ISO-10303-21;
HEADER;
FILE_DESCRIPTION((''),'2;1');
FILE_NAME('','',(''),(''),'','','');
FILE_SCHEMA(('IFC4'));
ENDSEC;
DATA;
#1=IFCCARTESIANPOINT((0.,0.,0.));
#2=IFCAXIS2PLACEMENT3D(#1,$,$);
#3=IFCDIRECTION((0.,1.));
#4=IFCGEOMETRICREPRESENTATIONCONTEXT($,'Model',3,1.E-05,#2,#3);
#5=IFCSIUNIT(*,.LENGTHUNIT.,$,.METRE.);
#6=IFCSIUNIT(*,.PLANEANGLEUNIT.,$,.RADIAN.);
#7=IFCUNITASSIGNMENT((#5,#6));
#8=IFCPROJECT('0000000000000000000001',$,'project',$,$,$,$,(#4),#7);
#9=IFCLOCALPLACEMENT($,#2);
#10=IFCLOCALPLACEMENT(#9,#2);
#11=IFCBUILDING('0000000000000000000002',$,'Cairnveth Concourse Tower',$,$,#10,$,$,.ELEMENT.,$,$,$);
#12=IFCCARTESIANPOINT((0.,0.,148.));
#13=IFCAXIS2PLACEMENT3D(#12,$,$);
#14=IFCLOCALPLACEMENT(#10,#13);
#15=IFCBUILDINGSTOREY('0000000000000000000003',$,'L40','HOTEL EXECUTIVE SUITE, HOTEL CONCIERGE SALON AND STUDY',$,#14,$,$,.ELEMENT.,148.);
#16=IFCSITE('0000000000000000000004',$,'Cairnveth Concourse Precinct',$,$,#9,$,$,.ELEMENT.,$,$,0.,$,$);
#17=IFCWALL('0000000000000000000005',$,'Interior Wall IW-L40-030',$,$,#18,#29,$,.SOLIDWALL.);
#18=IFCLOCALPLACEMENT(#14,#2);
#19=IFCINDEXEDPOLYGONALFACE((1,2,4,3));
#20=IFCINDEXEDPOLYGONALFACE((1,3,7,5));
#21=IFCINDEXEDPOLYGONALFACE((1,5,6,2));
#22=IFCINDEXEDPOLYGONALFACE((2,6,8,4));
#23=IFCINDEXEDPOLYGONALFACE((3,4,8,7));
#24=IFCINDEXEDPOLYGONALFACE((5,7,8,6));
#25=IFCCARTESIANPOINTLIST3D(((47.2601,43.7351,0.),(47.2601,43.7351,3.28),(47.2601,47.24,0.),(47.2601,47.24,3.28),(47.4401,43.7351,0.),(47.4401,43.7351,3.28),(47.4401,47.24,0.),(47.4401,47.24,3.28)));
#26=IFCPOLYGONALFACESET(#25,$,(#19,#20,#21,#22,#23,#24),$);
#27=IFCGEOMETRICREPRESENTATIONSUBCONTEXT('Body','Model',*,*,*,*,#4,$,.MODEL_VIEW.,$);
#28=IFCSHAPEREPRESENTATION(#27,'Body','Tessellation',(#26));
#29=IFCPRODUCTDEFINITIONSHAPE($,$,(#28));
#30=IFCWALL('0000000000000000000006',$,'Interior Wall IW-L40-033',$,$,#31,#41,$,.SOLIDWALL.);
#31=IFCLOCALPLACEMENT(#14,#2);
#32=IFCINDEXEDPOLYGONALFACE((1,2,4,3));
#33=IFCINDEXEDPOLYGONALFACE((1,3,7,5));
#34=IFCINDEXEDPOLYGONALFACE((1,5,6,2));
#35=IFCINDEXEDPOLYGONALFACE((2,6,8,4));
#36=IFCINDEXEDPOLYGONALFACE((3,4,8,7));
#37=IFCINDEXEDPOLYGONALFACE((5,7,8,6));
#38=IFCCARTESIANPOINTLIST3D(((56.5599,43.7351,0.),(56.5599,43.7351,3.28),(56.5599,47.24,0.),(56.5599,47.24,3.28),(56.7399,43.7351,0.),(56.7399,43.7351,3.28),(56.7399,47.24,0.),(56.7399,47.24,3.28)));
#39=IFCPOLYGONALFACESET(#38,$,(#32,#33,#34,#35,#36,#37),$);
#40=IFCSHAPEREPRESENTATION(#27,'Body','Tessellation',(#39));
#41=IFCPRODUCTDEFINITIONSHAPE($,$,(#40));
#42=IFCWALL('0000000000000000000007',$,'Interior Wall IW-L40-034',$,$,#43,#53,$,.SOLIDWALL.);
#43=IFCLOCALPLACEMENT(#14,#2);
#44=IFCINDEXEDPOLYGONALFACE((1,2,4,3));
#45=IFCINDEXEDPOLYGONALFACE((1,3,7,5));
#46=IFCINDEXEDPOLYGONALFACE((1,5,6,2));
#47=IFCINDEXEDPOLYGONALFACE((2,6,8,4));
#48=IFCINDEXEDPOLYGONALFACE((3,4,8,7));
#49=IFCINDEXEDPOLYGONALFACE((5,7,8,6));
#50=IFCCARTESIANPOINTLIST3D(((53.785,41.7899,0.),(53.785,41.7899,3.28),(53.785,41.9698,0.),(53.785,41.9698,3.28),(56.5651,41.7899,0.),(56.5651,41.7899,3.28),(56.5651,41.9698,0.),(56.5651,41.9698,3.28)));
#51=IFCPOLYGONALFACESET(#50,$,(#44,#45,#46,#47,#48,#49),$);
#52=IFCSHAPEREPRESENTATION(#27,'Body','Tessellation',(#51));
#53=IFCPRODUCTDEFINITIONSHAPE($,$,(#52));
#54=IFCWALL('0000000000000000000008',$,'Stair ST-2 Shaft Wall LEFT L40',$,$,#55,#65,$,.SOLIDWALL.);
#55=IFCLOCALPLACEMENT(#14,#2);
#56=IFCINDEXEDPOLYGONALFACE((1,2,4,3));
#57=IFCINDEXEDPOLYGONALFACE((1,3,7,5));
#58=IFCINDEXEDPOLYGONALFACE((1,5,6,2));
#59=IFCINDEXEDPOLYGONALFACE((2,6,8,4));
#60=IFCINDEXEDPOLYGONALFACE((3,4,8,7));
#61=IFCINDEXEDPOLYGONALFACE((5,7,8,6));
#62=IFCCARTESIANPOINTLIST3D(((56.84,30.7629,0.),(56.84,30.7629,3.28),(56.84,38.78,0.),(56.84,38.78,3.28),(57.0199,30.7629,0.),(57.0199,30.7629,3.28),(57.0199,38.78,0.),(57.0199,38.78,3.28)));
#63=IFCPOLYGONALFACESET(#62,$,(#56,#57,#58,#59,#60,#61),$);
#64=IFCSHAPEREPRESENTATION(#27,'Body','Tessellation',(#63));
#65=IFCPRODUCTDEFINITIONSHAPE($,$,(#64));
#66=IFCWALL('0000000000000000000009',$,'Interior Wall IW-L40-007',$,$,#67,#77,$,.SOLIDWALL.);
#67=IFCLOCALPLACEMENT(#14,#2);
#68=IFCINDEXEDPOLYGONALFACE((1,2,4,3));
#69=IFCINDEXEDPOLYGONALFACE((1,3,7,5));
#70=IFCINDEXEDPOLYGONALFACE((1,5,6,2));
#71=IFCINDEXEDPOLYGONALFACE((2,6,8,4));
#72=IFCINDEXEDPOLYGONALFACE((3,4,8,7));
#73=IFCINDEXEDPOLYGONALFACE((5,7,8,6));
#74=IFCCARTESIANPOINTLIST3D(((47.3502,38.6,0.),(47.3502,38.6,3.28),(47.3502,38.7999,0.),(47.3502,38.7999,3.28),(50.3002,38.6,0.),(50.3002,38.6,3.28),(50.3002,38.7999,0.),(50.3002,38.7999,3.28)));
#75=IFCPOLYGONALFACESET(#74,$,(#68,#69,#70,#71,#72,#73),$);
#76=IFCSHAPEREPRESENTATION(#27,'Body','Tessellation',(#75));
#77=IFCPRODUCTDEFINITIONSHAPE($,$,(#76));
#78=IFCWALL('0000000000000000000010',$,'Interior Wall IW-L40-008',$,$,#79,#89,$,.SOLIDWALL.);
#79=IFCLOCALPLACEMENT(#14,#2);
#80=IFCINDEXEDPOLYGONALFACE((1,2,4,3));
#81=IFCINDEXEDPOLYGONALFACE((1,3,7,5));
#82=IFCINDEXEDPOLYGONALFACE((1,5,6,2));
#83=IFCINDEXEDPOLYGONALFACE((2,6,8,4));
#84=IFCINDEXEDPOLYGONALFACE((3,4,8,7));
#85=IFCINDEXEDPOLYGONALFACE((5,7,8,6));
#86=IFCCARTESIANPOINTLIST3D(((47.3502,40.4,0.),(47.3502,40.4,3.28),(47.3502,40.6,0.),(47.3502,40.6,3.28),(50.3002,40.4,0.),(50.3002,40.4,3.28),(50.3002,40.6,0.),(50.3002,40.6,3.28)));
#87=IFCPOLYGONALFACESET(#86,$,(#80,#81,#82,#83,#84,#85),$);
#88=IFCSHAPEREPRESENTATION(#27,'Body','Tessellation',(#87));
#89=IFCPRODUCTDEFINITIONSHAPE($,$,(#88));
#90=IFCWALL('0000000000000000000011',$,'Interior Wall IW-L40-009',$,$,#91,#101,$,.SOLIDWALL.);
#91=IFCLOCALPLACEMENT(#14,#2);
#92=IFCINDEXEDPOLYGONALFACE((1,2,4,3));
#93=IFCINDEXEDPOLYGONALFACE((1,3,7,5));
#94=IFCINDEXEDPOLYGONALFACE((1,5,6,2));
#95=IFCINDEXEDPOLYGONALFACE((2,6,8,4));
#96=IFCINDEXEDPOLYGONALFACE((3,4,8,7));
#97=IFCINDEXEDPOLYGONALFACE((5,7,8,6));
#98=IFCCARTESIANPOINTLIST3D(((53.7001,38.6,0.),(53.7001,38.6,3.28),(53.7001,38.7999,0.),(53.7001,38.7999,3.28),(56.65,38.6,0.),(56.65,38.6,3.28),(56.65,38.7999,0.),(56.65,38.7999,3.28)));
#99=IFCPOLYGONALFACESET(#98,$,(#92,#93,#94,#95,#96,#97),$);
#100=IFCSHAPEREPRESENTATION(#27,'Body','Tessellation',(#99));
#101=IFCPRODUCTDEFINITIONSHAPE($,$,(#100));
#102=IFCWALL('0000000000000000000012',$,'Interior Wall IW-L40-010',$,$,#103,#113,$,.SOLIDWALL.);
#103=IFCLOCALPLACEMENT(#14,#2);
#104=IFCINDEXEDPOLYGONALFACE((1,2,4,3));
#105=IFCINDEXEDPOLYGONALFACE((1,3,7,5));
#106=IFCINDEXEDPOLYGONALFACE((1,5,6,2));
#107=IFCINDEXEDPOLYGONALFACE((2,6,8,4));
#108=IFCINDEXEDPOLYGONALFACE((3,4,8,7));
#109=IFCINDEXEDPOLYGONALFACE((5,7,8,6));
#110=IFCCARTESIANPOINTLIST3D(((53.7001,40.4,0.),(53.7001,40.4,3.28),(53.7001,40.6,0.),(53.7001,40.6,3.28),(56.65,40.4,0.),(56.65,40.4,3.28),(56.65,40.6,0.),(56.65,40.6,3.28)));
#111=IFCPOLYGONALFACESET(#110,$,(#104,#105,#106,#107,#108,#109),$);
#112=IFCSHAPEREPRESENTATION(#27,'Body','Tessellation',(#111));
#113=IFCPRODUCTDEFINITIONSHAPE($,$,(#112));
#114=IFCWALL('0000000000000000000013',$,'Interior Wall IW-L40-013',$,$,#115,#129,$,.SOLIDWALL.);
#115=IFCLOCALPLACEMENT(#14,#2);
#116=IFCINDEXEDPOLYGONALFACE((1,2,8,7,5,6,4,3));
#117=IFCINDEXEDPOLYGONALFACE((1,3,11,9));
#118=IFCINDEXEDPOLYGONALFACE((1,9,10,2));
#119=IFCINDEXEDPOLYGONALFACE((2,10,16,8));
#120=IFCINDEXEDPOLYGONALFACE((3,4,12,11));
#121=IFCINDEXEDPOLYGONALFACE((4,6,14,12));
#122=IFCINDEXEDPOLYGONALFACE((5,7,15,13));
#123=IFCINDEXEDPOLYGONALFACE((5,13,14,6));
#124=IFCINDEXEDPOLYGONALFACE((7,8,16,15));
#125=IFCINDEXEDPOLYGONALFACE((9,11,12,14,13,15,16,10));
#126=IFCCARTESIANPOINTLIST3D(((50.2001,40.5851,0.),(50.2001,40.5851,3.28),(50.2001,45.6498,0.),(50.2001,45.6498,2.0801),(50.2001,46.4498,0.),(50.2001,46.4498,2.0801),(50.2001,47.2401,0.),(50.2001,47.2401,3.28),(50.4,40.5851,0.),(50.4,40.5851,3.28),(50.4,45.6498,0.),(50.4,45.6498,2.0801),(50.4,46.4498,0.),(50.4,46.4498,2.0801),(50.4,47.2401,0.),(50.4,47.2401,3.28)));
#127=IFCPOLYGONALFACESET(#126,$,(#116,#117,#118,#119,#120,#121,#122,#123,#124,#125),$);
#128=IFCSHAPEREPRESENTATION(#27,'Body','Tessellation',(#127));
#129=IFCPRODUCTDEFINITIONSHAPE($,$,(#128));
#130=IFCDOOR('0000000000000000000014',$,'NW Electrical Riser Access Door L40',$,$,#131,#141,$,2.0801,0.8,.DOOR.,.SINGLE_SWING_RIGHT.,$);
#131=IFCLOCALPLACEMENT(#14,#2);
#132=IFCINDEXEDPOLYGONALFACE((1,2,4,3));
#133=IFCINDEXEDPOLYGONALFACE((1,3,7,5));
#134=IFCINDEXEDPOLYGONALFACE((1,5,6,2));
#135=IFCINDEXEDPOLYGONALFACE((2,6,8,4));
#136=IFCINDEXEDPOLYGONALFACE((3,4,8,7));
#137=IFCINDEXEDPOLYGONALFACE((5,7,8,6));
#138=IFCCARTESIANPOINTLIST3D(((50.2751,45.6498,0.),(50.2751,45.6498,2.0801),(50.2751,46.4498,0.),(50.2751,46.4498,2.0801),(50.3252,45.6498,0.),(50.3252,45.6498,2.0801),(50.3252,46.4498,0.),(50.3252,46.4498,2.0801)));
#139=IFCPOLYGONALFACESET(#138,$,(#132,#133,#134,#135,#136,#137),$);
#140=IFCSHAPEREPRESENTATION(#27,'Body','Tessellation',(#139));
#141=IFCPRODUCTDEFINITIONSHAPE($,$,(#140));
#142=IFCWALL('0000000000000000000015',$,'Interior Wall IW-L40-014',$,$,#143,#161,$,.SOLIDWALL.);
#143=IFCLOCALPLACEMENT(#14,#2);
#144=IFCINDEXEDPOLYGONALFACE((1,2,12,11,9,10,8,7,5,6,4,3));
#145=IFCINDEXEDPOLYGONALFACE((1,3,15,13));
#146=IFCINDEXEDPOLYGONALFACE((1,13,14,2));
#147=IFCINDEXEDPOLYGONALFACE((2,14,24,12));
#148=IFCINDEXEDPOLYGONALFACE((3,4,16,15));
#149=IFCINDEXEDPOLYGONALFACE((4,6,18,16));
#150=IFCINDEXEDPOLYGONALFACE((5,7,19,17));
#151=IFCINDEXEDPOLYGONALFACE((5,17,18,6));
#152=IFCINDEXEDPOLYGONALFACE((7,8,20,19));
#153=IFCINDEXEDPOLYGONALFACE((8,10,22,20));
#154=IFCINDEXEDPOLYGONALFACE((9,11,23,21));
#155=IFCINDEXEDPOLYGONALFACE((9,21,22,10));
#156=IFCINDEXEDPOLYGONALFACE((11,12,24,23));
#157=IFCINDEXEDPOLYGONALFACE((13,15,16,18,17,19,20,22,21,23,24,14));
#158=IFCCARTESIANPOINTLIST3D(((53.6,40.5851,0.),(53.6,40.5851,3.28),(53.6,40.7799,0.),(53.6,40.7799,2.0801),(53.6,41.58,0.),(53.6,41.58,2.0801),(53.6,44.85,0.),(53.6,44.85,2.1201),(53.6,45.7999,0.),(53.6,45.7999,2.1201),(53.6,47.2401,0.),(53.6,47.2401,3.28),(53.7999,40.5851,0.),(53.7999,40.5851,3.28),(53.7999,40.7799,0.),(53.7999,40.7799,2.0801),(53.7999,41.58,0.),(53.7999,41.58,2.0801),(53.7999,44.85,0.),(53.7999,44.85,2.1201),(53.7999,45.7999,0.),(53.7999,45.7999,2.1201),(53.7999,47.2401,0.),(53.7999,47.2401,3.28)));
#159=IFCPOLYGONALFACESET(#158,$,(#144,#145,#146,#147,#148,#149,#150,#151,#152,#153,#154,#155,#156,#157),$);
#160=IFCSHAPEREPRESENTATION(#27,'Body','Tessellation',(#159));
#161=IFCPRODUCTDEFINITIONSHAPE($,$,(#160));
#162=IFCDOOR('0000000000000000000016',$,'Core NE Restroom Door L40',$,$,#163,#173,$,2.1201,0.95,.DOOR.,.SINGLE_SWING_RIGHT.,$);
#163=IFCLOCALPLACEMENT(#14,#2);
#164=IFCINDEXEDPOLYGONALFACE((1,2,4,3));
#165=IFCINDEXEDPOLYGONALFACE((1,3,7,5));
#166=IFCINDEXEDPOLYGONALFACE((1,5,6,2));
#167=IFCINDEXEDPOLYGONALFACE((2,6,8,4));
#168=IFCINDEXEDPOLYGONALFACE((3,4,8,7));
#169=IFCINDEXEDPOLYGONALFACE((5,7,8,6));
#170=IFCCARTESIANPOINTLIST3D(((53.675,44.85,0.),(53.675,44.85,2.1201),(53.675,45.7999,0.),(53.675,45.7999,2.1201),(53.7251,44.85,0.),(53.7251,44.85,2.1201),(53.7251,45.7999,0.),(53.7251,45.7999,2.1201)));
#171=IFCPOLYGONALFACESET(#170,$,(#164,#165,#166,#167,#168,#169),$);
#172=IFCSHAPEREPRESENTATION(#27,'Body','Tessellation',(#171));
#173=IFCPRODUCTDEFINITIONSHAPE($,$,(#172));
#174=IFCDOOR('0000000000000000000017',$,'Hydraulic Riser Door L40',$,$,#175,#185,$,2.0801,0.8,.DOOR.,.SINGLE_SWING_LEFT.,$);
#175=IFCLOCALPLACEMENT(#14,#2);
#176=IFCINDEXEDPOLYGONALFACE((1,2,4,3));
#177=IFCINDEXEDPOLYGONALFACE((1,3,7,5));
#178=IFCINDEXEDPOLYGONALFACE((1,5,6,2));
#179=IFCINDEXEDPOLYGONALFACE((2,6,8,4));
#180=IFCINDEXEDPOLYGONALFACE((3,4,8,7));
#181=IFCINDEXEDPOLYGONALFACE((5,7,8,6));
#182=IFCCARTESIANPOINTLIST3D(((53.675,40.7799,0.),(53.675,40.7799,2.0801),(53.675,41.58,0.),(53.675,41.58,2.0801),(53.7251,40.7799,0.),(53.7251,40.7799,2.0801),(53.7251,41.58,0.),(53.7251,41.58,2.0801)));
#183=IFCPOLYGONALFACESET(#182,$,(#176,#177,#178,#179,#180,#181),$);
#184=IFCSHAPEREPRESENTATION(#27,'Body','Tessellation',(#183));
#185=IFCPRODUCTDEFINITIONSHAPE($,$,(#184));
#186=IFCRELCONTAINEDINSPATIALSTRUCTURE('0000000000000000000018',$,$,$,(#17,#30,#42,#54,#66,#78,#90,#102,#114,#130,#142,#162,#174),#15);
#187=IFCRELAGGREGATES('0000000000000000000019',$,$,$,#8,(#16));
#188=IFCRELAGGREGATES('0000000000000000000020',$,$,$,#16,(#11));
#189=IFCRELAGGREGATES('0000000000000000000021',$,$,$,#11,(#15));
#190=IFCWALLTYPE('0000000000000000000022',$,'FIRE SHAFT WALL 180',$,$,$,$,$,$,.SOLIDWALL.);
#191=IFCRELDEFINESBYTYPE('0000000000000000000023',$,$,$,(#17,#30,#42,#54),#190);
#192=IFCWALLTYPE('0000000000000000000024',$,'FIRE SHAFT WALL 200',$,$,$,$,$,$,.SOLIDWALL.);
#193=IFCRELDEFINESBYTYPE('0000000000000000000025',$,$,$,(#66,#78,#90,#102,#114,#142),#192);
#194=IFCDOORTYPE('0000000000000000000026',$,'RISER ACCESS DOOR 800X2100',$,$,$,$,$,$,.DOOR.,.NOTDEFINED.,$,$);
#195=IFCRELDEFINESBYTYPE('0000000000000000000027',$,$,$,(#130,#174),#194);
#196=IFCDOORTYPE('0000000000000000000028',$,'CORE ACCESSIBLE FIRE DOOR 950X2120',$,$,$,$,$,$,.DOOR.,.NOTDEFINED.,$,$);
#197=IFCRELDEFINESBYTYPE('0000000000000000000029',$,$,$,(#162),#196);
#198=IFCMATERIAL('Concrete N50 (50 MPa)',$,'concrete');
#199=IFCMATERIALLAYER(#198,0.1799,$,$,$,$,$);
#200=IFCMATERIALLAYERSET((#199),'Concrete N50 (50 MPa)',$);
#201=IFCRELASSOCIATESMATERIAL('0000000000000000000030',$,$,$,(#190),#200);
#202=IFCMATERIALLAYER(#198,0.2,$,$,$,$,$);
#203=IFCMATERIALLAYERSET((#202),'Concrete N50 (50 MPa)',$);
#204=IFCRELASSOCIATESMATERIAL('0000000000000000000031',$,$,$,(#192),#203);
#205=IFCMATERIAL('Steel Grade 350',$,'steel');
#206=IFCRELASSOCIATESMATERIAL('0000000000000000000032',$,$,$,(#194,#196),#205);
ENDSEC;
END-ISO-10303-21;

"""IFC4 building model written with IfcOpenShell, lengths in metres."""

from ifc_helpers import new_model, si_unit, direction, frame, frame_2d, origin, place, context, subcontext, project, spatial, rectangle, extrude, material, layer, layer_set, type_object, element, fill, save


model = new_model("IFC4")

# Units and contexts
model_context = context("Model", 3, precision=1e-05, world=origin(), true_north=direction((0.0, 1.0)))
body_context = subcontext(model_context, "Body", "Model", "MODEL_VIEW")
ifc_project = project(units=[si_unit("LENGTHUNIT", "METRE"), si_unit("PLANEANGLEUNIT", "RADIAN")], contexts=[model_context])

# Site, building, storey
site_placement = place(None, origin())
site = spatial("IfcSite", under=ifc_project, at=site_placement, Name="Cairnveth Concourse Precinct", CompositionType="ELEMENT", RefElevation=0.0)
building_placement = place(site_placement, origin())
building = spatial("IfcBuilding", under=site, at=building_placement, Name="Cairnveth Concourse Tower", CompositionType="ELEMENT")
storey_placement = place(building_placement, frame((0.0, 0.0, 148.0)))
storey = spatial("IfcBuildingStorey", under=building, at=storey_placement, Name="L40", Description="HOTEL EXECUTIVE SUITE, HOTEL CONCIERGE SALON AND STUDY", CompositionType="ELEMENT", Elevation=148.0)

# Walls
ifc_material_1 = material(Name="Concrete N50 (50 MPa)", Category="concrete")
ifc_layer_1 = layer(ifc_material_1, 0.1799)
ifc_layer_set_1 = layer_set([ifc_layer_1], Name="Concrete N50 (50 MPa)")
wall_type_1 = type_object("IfcWallType", Name="FIRE SHAFT WALL 180", PredefinedType="SOLIDWALL", material=ifc_layer_set_1)
for number, where, z_axis, x_axis, name in (
    (1, (47.3501, 43.7351, 0.0), (0.0, 0.0, 1.0), (0.0, 1.0, 0.0), "Interior Wall IW-L40-030"),
    (2, (56.6499, 43.7351, 0.0), (0.0, 0.0, 1.0), (0.0, 1.0, 0.0), "Interior Wall IW-L40-033"),
):
    element("IfcWall", number, at=place(storey_placement, frame(where, z_axis=z_axis, x_axis=x_axis)), inside=storey, type_object=wall_type_1, Name=name, PredefinedType="SOLIDWALL", context=body_context, shape_type="SweptSolid", body=[
        extrude(rectangle(XDim=3.5049, YDim=0.1799, at=frame_2d((1.7524, 0.0))), origin(), (0.0, 0.0, 1.0), 3.28),
    ])
wall_1_placement = place(storey_placement, frame((53.7849, 41.8799, 0.0), z_axis=(0.0, 0.0, 1.0), x_axis=(1.0, 0.0, 0.0)))
element("IfcWall", 3, at=wall_1_placement, inside=storey, type_object=wall_type_1, Name="Interior Wall IW-L40-034", PredefinedType="SOLIDWALL", context=body_context, shape_type="SweptSolid", body=[
    extrude(rectangle(XDim=2.78, YDim=0.1799, at=frame_2d((1.3901, 0.0))), origin(), (0.0, 0.0, 1.0), 3.28),
])

# Shared definitions
ifc_material_2 = material(Name="Steel Grade 350", Category="steel")

# Walls
wall_2_placement = place(storey_placement, frame((56.9299, 38.78, 0.0), z_axis=(0.0, 0.0, 1.0), x_axis=(0.0, -1.0, 0.0)))
element("IfcWall", 4, at=wall_2_placement, inside=storey, type_object=wall_type_1, Name="Stair ST-2 Shaft Wall LEFT L40", PredefinedType="SOLIDWALL", context=body_context, shape_type="SweptSolid", body=[
    extrude(rectangle(XDim=8.0171, YDim=0.1799, at=frame_2d((4.0085, 0.0))), origin(), (0.0, 0.0, 1.0), 3.28),
])
ifc_layer_2 = layer(ifc_material_1, 0.2)
ifc_layer_set_2 = layer_set([ifc_layer_2], Name="Concrete N50 (50 MPa)")
wall_type_2 = type_object("IfcWallType", Name="FIRE SHAFT WALL 200", PredefinedType="SOLIDWALL", material=ifc_layer_set_2)
for number, where, z_axis, x_axis, name in (
    (5, (47.3501, 38.7, 0.0), (0.0, 0.0, 1.0), (1.0, 0.0, 0.0), "Interior Wall IW-L40-007"),
    (6, (47.3501, 40.5, 0.0), (0.0, 0.0, 1.0), (1.0, 0.0, 0.0), "Interior Wall IW-L40-008"),
    (7, (53.7, 38.7, 0.0), (0.0, 0.0, 1.0), (1.0, 0.0, 0.0), "Interior Wall IW-L40-009"),
    (8, (53.7, 40.5, 0.0), (0.0, 0.0, 1.0), (1.0, 0.0, 0.0), "Interior Wall IW-L40-010"),
):
    element("IfcWall", number, at=place(storey_placement, frame(where, z_axis=z_axis, x_axis=x_axis)), inside=storey, type_object=wall_type_2, Name=name, PredefinedType="SOLIDWALL", context=body_context, shape_type="SweptSolid", body=[
        extrude(rectangle(XDim=2.95, YDim=0.2, at=frame_2d((1.4751, 0.0))), origin(), (0.0, 0.0, 1.0), 3.28),
    ])

# Wall, opening, door
wall_3_placement = place(storey_placement, frame((50.3, 40.585, 0.0), z_axis=(0.0, 0.0, 1.0), x_axis=(0.0, 1.0, 0.0)))
wall_3 = element("IfcWall", 9, at=wall_3_placement, inside=storey, type_object=wall_type_2, Name="Interior Wall IW-L40-013", PredefinedType="SOLIDWALL", context=body_context, shape_type="SweptSolid", body=[
    extrude(rectangle(XDim=6.655, YDim=0.2, at=frame_2d((3.3276, 0.0))), origin(), (0.0, 0.0, 1.0), 3.28),
])
opening_1_placement = place(wall_3_placement, frame((5.0649, 0.0, 0.0)))
opening_1 = element("IfcOpeningElement", 10, at=opening_1_placement, cuts=wall_3, PredefinedType="OPENING", context=body_context, shape_type="SweptSolid", body=[
    extrude(rectangle(XDim=0.8, YDim=2.0801, at=frame_2d((0.3999, 1.04))), frame((0.0, 0.1099, 0.0), z_axis=(0.0, -1.0, 0.0), x_axis=(1.0, 0.0, 0.0)), (0.0, 0.0, 1.0), 0.22),
])
door_type_1 = type_object("IfcDoorType", Name="RISER ACCESS DOOR 800X2100", OperationType="NOTDEFINED", PredefinedType="DOOR", material=ifc_material_2)
door_1_placement = place(opening_1_placement, origin())
door_1 = element("IfcDoor", 11, at=door_1_placement, inside=storey, type_object=door_type_1, Name="NW Electrical Riser Access Door L40", OperationType="SINGLE_SWING_RIGHT", OverallHeight=2.0801, OverallWidth=0.8, PredefinedType="DOOR", context=body_context, shape_type="SweptSolid", body=[
    extrude(rectangle(XDim=0.8, YDim=2.0801, at=frame_2d((0.3999, 1.04))), frame((0.0, 0.0249, 0.0), z_axis=(0.0, -1.0, 0.0), x_axis=(1.0, 0.0, 0.0)), (0.0, 0.0, 1.0), 0.05),
])
fill(opening_1, door_1)

# Wall, openings, doors
wall_4_placement = place(storey_placement, frame((53.7, 40.585, 0.0), z_axis=(0.0, 0.0, 1.0), x_axis=(0.0, 1.0, 0.0)))
wall_4 = element("IfcWall", 12, at=wall_4_placement, inside=storey, type_object=wall_type_2, Name="Interior Wall IW-L40-014", PredefinedType="SOLIDWALL", context=body_context, shape_type="SweptSolid", body=[
    extrude(rectangle(XDim=6.655, YDim=0.2, at=frame_2d((3.3276, 0.0))), origin(), (0.0, 0.0, 1.0), 3.28),
])
opening_2_placement = place(wall_4_placement, frame((0.1951, 0.0, 0.0)))
opening_2 = element("IfcOpeningElement", 13, at=opening_2_placement, cuts=wall_4, PredefinedType="OPENING", context=body_context, shape_type="SweptSolid", body=[
    extrude(rectangle(XDim=0.8, YDim=2.0801, at=frame_2d((0.3999, 1.04))), frame((0.0, 0.1099, 0.0), z_axis=(0.0, -1.0, 0.0), x_axis=(1.0, 0.0, 0.0)), (0.0, 0.0, 1.0), 0.22),
])
opening_3_placement = place(wall_4_placement, frame((4.2649, 0.0, 0.0)))
opening_3 = element("IfcOpeningElement", 14, at=opening_3_placement, cuts=wall_4, PredefinedType="OPENING", context=body_context, shape_type="SweptSolid", body=[
    extrude(rectangle(XDim=0.95, YDim=2.1201, at=frame_2d((0.4751, 1.0601))), frame((0.0, 0.1099, 0.0), z_axis=(0.0, -1.0, 0.0), x_axis=(1.0, 0.0, 0.0)), (0.0, 0.0, 1.0), 0.22),
])
door_type_2 = type_object("IfcDoorType", Name="CORE ACCESSIBLE FIRE DOOR 950X2120", OperationType="NOTDEFINED", PredefinedType="DOOR", material=ifc_material_2)
door_2_placement = place(opening_3_placement, origin())
door_2 = element("IfcDoor", 15, at=door_2_placement, inside=storey, type_object=door_type_2, Name="Core NE Restroom Door L40", OperationType="SINGLE_SWING_RIGHT", OverallHeight=2.1201, OverallWidth=0.95, PredefinedType="DOOR", context=body_context, shape_type="SweptSolid", body=[
    extrude(rectangle(XDim=0.95, YDim=2.1201, at=frame_2d((0.4751, 1.0601))), frame((0.0, 0.0249, 0.0), z_axis=(0.0, -1.0, 0.0), x_axis=(1.0, 0.0, 0.0)), (0.0, 0.0, 1.0), 0.05),
])
fill(opening_3, door_2)
door_3_placement = place(opening_2_placement, origin())
door_3 = element("IfcDoor", 16, at=door_3_placement, inside=storey, type_object=door_type_1, Name="Hydraulic Riser Door L40", OperationType="SINGLE_SWING_LEFT", OverallHeight=2.0801, OverallWidth=0.8, PredefinedType="DOOR", context=body_context, shape_type="SweptSolid", body=[
    extrude(rectangle(XDim=0.8, YDim=2.0801, at=frame_2d((0.3999, 1.04))), frame((0.0, 0.0249, 0.0), z_axis=(0.0, -1.0, 0.0), x_axis=(1.0, 0.0, 0.0)), (0.0, 0.0, 1.0), 0.05),
])
fill(opening_2, door_3)

save(model, "model.ifc")
